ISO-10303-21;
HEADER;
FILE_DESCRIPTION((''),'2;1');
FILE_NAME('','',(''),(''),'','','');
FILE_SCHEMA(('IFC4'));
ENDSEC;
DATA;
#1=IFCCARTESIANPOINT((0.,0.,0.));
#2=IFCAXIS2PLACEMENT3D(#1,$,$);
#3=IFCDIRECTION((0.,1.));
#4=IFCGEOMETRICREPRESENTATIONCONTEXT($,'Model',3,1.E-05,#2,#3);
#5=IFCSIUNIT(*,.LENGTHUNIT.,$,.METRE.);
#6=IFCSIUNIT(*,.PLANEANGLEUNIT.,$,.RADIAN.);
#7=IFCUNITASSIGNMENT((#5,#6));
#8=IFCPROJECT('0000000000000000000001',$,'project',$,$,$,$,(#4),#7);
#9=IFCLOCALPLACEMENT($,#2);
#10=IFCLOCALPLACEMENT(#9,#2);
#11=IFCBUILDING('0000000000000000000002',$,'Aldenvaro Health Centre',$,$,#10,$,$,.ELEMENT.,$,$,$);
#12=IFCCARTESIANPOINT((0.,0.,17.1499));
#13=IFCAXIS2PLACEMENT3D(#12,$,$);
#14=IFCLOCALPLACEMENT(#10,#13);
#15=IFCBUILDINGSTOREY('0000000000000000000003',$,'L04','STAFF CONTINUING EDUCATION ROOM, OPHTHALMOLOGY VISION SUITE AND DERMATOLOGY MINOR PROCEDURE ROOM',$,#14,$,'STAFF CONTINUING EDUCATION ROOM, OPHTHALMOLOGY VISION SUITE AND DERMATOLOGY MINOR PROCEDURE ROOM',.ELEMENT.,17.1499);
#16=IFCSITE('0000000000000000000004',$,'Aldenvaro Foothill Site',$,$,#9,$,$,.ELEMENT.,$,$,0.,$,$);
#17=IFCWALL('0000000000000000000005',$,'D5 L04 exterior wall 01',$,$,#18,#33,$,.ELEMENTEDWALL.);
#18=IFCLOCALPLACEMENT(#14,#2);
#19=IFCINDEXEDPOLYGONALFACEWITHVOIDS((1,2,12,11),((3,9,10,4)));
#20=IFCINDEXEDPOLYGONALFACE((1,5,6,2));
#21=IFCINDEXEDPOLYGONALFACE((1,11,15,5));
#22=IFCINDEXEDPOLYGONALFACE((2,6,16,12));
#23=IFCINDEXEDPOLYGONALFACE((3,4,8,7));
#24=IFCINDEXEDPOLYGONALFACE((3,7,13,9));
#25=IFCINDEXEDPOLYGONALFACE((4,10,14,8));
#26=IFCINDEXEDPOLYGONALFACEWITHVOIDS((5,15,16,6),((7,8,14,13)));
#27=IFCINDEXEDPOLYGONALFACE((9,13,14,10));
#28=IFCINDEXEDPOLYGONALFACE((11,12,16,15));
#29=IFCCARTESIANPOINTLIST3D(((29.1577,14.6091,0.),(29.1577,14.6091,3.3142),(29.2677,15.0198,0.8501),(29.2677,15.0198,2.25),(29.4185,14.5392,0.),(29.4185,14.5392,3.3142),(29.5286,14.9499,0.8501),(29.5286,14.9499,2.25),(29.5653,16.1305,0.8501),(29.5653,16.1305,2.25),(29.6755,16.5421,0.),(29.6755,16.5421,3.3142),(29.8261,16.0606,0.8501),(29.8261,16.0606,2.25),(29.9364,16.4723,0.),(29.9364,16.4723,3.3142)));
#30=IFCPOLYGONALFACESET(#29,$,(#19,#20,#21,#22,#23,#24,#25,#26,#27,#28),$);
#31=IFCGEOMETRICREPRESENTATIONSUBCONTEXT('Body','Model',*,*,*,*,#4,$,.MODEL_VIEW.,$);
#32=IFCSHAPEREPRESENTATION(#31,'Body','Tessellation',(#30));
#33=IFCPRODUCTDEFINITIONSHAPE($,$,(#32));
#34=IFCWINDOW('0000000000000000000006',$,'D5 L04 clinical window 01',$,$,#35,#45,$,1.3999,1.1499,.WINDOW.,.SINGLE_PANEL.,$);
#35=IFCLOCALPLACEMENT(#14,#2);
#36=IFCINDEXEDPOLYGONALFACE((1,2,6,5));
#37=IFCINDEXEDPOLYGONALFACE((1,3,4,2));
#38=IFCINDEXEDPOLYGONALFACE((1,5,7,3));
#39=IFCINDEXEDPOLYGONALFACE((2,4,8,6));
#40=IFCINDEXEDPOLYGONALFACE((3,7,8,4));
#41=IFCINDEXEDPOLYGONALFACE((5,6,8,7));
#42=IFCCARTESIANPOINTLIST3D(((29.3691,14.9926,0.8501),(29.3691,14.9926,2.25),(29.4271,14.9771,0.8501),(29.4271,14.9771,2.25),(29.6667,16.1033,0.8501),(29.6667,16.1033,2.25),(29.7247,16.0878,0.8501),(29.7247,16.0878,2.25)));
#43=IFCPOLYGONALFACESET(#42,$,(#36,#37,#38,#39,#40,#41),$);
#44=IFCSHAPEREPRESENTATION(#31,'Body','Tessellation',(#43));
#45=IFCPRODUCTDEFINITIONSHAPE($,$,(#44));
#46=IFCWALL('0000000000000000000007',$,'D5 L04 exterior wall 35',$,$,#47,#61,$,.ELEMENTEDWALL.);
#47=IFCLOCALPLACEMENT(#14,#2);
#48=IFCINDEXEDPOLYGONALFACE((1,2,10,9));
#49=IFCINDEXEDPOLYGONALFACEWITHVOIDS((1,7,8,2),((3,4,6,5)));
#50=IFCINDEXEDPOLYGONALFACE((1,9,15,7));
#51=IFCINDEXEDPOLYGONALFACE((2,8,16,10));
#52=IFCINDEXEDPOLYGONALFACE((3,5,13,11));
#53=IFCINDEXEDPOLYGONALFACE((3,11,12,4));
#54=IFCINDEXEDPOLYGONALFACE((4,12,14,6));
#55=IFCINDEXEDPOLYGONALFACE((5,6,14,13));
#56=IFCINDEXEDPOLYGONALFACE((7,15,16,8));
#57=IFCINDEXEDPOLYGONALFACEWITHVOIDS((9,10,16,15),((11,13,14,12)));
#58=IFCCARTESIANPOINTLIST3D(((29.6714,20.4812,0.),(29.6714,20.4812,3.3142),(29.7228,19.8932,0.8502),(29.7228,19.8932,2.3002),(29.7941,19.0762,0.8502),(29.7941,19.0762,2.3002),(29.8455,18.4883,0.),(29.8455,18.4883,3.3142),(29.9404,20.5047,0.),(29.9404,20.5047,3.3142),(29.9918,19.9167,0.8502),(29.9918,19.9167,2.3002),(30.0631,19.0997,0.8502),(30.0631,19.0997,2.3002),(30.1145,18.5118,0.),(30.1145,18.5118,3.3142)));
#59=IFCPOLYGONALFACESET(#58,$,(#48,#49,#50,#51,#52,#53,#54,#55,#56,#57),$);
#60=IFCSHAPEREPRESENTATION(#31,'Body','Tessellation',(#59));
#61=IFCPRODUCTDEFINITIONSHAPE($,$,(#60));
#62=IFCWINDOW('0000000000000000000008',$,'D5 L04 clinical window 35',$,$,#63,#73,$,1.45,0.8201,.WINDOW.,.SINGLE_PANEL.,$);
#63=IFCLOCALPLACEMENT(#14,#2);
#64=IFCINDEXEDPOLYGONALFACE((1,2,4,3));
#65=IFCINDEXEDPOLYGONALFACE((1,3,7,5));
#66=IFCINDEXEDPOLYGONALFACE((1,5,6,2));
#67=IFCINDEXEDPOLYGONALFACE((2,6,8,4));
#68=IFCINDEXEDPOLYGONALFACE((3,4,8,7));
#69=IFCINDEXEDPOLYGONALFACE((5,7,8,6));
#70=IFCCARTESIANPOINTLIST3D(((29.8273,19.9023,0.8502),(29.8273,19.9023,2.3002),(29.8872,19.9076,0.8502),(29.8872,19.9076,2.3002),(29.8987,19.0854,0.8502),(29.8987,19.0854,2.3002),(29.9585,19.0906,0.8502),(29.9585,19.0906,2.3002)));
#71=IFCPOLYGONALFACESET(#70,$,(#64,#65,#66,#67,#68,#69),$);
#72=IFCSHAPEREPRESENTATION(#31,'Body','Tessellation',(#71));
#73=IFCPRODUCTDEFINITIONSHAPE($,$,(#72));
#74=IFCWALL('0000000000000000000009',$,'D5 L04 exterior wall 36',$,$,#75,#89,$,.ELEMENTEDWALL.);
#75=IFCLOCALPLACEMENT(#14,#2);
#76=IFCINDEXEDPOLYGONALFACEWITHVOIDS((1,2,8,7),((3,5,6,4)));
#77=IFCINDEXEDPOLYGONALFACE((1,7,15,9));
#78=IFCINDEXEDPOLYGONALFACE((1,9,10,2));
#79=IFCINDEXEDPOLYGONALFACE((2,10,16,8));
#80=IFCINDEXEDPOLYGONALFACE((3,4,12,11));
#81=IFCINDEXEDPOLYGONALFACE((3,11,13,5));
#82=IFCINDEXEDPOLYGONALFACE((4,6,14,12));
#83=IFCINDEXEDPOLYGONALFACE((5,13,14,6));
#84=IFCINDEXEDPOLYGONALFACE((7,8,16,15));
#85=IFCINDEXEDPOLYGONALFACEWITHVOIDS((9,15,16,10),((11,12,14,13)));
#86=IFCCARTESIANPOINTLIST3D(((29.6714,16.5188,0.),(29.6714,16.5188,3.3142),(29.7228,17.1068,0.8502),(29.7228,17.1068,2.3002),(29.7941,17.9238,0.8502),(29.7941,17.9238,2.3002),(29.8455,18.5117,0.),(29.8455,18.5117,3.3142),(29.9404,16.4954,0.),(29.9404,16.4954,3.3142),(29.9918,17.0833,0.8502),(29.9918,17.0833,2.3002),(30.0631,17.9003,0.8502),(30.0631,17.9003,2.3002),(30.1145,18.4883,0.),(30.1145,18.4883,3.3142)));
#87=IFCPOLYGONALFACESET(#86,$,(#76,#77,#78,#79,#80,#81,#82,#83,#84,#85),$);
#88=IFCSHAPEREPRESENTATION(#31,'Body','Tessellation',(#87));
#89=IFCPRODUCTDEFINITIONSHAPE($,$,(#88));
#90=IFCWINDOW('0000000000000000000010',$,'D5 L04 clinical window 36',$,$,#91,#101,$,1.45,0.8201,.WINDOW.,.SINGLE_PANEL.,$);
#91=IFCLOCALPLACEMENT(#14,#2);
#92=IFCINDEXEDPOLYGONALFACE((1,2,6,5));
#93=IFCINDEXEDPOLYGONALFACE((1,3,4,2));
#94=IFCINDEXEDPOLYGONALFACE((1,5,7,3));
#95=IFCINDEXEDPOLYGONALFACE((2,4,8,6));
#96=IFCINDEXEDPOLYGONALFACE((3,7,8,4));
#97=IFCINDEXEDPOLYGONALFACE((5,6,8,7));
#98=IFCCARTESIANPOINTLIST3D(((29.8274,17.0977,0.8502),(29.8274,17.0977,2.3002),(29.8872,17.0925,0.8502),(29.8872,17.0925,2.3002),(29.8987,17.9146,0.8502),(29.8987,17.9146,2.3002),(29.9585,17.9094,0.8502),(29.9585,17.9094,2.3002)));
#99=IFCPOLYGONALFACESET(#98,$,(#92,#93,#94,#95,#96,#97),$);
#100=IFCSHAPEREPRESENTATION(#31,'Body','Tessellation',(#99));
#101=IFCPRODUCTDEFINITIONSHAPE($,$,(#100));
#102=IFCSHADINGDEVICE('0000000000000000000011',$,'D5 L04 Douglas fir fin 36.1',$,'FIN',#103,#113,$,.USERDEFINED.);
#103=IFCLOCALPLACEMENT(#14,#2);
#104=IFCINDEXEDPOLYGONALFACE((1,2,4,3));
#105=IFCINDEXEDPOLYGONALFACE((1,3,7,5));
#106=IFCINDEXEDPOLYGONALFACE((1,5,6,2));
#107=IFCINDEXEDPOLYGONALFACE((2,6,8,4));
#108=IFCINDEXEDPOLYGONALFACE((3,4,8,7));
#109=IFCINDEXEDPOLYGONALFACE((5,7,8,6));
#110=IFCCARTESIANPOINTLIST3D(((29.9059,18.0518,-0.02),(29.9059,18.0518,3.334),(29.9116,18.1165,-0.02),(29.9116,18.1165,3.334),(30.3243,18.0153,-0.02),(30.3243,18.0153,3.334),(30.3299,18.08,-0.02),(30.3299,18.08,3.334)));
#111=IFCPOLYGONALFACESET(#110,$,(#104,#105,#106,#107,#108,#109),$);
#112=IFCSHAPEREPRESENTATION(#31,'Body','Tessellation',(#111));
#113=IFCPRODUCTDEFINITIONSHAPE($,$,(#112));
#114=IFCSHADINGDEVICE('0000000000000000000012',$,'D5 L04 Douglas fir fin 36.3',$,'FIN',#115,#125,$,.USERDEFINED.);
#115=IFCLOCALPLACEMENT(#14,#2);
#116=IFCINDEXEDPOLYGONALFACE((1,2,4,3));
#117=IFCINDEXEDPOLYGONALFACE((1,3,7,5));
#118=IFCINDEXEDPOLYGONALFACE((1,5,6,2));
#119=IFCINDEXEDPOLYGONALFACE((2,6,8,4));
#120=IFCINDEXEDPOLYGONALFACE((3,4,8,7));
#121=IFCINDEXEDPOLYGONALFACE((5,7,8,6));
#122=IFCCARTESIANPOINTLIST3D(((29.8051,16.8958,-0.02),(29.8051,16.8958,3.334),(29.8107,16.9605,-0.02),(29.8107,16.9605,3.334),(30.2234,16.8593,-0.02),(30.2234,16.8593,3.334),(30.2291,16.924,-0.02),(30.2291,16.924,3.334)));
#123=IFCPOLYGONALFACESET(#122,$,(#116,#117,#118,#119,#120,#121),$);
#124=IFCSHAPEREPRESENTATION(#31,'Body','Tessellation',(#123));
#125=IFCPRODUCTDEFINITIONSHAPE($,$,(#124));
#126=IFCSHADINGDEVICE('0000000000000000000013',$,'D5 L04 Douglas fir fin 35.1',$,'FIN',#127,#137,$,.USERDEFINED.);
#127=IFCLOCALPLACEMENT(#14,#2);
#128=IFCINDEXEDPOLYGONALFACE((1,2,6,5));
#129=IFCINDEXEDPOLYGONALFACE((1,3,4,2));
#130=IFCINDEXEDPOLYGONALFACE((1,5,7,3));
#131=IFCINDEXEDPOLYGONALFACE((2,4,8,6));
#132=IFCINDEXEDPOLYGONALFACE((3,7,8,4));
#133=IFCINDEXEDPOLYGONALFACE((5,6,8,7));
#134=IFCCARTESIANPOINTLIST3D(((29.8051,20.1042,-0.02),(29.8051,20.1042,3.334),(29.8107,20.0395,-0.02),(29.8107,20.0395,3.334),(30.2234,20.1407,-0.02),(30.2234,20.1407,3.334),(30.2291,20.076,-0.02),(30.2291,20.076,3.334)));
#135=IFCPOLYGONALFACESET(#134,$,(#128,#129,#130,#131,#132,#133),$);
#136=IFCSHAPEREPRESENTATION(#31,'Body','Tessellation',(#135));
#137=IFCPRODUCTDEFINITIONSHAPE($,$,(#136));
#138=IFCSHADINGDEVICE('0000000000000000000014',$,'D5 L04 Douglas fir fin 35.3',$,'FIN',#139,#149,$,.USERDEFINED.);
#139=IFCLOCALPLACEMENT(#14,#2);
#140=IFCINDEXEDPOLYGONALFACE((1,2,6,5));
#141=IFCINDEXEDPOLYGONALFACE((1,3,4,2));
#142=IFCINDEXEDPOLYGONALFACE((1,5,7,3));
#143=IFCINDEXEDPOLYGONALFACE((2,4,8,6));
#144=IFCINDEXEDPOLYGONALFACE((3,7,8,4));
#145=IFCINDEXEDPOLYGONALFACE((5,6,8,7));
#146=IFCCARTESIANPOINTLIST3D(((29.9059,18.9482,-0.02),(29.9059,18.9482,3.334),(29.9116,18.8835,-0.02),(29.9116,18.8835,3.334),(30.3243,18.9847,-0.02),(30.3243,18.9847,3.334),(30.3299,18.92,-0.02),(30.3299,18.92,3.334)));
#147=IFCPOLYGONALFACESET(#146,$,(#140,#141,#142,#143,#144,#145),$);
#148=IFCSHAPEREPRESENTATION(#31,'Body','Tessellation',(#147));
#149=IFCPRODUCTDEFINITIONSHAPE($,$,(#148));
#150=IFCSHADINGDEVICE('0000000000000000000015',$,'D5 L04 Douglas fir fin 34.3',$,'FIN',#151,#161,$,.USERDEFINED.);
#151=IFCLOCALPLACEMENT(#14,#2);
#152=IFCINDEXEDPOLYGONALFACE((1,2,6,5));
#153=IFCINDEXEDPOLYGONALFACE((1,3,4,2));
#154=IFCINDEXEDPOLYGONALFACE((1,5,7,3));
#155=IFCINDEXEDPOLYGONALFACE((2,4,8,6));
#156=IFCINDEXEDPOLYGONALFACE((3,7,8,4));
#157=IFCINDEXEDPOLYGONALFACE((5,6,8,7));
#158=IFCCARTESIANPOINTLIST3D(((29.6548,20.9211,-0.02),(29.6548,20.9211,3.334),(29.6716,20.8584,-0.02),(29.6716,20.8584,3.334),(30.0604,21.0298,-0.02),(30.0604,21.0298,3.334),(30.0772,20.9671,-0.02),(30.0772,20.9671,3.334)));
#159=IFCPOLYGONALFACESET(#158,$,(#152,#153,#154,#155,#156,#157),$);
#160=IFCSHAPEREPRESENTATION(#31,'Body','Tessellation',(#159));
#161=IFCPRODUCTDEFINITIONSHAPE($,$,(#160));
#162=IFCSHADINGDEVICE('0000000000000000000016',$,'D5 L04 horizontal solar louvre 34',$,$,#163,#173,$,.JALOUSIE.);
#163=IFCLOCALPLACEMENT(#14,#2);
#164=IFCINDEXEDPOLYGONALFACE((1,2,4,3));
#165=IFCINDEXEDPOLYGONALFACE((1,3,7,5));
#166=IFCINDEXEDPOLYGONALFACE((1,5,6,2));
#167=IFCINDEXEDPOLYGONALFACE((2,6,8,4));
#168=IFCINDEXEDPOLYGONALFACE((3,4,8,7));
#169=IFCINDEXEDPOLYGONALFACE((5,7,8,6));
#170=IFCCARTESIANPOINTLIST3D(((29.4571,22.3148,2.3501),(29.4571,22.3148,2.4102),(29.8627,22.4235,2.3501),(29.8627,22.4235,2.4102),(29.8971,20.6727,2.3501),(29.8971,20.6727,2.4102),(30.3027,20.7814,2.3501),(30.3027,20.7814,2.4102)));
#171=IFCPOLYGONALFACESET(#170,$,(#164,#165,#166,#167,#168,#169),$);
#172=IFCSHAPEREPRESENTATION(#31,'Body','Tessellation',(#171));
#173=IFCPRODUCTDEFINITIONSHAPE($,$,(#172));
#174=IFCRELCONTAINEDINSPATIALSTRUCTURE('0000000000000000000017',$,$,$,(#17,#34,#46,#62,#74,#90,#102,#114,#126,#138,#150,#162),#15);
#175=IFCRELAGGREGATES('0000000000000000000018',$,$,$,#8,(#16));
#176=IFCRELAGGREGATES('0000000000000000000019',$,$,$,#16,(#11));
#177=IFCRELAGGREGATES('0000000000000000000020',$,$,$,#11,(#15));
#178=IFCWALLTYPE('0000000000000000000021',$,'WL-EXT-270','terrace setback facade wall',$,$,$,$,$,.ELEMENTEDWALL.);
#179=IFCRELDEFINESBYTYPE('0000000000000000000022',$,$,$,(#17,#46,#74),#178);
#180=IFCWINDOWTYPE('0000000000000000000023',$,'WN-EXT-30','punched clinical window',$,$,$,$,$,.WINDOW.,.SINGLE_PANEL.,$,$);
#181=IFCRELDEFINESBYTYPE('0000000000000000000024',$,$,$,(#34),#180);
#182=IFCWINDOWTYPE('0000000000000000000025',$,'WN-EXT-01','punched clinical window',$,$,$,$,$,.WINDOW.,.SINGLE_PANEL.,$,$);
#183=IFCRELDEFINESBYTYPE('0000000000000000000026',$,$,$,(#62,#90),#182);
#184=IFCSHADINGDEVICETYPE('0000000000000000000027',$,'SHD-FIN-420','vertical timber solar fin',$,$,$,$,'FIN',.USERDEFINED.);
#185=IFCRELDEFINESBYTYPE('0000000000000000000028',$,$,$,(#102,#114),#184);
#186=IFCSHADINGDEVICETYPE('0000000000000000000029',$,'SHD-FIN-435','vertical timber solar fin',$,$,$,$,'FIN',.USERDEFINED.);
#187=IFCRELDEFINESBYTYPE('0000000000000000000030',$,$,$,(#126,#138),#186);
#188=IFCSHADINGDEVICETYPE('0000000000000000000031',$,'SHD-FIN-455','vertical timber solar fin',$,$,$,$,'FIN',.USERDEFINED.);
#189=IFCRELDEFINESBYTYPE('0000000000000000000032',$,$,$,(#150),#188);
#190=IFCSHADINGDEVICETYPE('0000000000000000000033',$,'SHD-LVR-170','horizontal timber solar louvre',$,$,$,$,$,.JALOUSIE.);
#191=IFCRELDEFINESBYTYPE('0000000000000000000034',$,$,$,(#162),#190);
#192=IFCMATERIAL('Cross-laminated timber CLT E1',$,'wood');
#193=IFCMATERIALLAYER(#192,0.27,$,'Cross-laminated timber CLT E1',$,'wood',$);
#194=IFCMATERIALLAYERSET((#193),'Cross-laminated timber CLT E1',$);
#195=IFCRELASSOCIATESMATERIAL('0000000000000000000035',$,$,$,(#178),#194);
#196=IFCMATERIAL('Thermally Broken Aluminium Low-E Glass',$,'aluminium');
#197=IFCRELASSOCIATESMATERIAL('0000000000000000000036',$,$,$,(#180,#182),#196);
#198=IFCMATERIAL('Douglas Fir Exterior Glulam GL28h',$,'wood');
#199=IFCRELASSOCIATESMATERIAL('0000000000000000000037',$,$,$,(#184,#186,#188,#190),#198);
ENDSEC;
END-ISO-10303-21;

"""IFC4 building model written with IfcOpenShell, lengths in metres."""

from ifc_helpers import new_model, si_unit, direction, frame, frame_2d, origin, origin_2d, place, context, subcontext, project, spatial, rectangle, extrude, material, layer, layer_set, type_object, element, fill, save


model = new_model("IFC4")

# Units and contexts
model_context = context("Model", 3, precision=1e-05, world=origin(), true_north=direction((0.0, 1.0)))
body_context = subcontext(model_context, "Body", "Model", "MODEL_VIEW")
ifc_project = project(units=[si_unit("LENGTHUNIT", "METRE"), si_unit("PLANEANGLEUNIT", "RADIAN")], contexts=[model_context])

# Site, building, storey
site_placement = place(None, origin())
site = spatial("IfcSite", under=ifc_project, at=site_placement, Name="Aldenvaro Foothill Site", CompositionType="ELEMENT", RefElevation=0.0)
building_placement = place(site_placement, origin())
building = spatial("IfcBuilding", under=site, at=building_placement, Name="Aldenvaro Health Centre", CompositionType="ELEMENT")
storey_placement = place(building_placement, frame((0.0, 0.0, 17.1499)))
storey = spatial("IfcBuildingStorey", under=building, at=storey_placement, Name="L04", Description="STAFF CONTINUING EDUCATION ROOM, OPHTHALMOLOGY VISION SUITE AND DERMATOLOGY MINOR PROCEDURE ROOM", LongName="STAFF CONTINUING EDUCATION ROOM, OPHTHALMOLOGY VISION SUITE AND DERMATOLOGY MINOR PROCEDURE ROOM", CompositionType="ELEMENT", Elevation=17.1499)

# Walls, openings, windows
ifc_material_1 = material(Name="Cross-laminated timber CLT E1", Category="wood")
ifc_layer_1 = layer(ifc_material_1, 0.27, Name="Cross-laminated timber CLT E1", Category="wood")
ifc_layer_set_1 = layer_set([ifc_layer_1], Name="Cross-laminated timber CLT E1")
wall_type = type_object("IfcWallType", Name="WL-EXT-270", Description="terrace setback facade wall", PredefinedType="ELEMENTEDWALL", material=ifc_layer_set_1)
wall_1_placement = place(storey_placement, frame((29.8059, 16.5071, 0.0), z_axis=(0.0, 0.0, 1.0), x_axis=(-0.258748, -0.965945, 0.0)))
wall_1 = element("IfcWall", 1, at=wall_1_placement, inside=storey, type_object=wall_type, Name="D5 L04 exterior wall 01", PredefinedType="ELEMENTEDWALL", context=body_context, shape_type="SweptSolid", body=[
    extrude(rectangle(XDim=2.0012, YDim=0.27, at=frame_2d((1.0005, 0.0))), origin(), (0.0, 0.0, 1.0), 3.3142),
])
opening_1_placement = place(wall_1_placement, frame((0.426, 0.0, 0.8501)))
opening_1 = element("IfcOpeningElement", 2, at=opening_1_placement, cuts=wall_1, PredefinedType="OPENING", context=body_context, shape_type="SweptSolid", body=[
    extrude(rectangle(XDim=1.1499, YDim=1.3999, at=frame_2d((0.575, 0.7))), frame((0.0, 0.145, 0.0), z_axis=(0.0, -1.0, 0.0), x_axis=(1.0, 0.0, 0.0)), (0.0, 0.0, 1.0), 0.29),
])
ifc_material_2 = material(Name="Thermally Broken Aluminium Low-E Glass", Category="aluminium")
window_type_1 = type_object("IfcWindowType", Name="WN-EXT-30", Description="punched clinical window", PartitioningType="SINGLE_PANEL", PredefinedType="WINDOW", material=ifc_material_2)
window_1_placement = place(opening_1_placement, origin())
window_1 = element("IfcWindow", 3, at=window_1_placement, inside=storey, type_object=window_type_1, Name="D5 L04 clinical window 01", OverallHeight=1.3999, OverallWidth=1.1499, PartitioningType="SINGLE_PANEL", PredefinedType="WINDOW", context=body_context, shape_type="SweptSolid", body=[
    extrude(rectangle(XDim=1.1499, YDim=1.3999, at=frame_2d((0.575, 0.7))), frame((0.0, 0.03, 0.0), z_axis=(0.0, -1.0, 0.0), x_axis=(1.0, 0.0, 0.0)), (0.0, 0.0, 1.0), 0.0601),
])
fill(opening_1, window_1)
wall_2_placement = place(storey_placement, frame((29.8059, 20.4929, 0.0), z_axis=(0.0, 0.0, 1.0), x_axis=(0.087014, -0.996207, 0.0)))
wall_2 = element("IfcWall", 4, at=wall_2_placement, inside=storey, type_object=wall_type, Name="D5 L04 exterior wall 35", PredefinedType="ELEMENTEDWALL", context=body_context, shape_type="SweptSolid", body=[
    extrude(rectangle(XDim=2.0005, YDim=0.27, at=frame_2d((1.0002, 0.0))), origin(), (0.0, 0.0, 1.0), 3.3142),
])
opening_2_placement = place(wall_2_placement, frame((0.5901, 0.0, 0.8501)))
opening_2 = element("IfcOpeningElement", 5, at=opening_2_placement, cuts=wall_2, PredefinedType="OPENING", context=body_context, shape_type="SweptSolid", body=[
    extrude(rectangle(XDim=0.8201, YDim=1.45, at=frame_2d((0.4102, 0.7251))), frame((0.0, 0.145, 0.0), z_axis=(0.0, -1.0, 0.0), x_axis=(1.0, 0.0, 0.0)), (0.0, 0.0, 1.0), 0.29),
])
window_type_2 = type_object("IfcWindowType", Name="WN-EXT-01", Description="punched clinical window", PartitioningType="SINGLE_PANEL", PredefinedType="WINDOW", material=ifc_material_2)
window_2_placement = place(opening_2_placement, origin())
window_2 = element("IfcWindow", 6, at=window_2_placement, inside=storey, type_object=window_type_2, Name="D5 L04 clinical window 35", OverallHeight=1.45, OverallWidth=0.8201, PartitioningType="SINGLE_PANEL", PredefinedType="WINDOW", context=body_context, shape_type="SweptSolid", body=[
    extrude(rectangle(XDim=0.8201, YDim=1.45, at=frame_2d((0.4102, 0.7251))), frame((0.0, 0.03, 0.0), z_axis=(0.0, -1.0, 0.0), x_axis=(1.0, 0.0, 0.0)), (0.0, 0.0, 1.0), 0.0601),
])
fill(opening_2, window_2)
wall_3_placement = place(storey_placement, frame((29.98, 18.5, 0.0), z_axis=(0.0, 0.0, 1.0), x_axis=(-0.087014, -0.996207, 0.0)))
wall_3 = element("IfcWall", 7, at=wall_3_placement, inside=storey, type_object=wall_type, Name="D5 L04 exterior wall 36", PredefinedType="ELEMENTEDWALL", context=body_context, shape_type="SweptSolid", body=[
    extrude(rectangle(XDim=2.0005, YDim=0.27, at=frame_2d((1.0002, 0.0))), origin(), (0.0, 0.0, 1.0), 3.3142),
])
opening_3_placement = place(wall_3_placement, frame((0.5901, 0.0, 0.8501)))
opening_3 = element("IfcOpeningElement", 8, at=opening_3_placement, cuts=wall_3, PredefinedType="OPENING", context=body_context, shape_type="SweptSolid", body=[
    extrude(rectangle(XDim=0.8201, YDim=1.45, at=frame_2d((0.4102, 0.7251))), frame((0.0, 0.145, 0.0), z_axis=(0.0, -1.0, 0.0), x_axis=(1.0, 0.0, 0.0)), (0.0, 0.0, 1.0), 0.29),
])
window_3_placement = place(opening_3_placement, origin())
window_3 = element("IfcWindow", 9, at=window_3_placement, inside=storey, type_object=window_type_2, Name="D5 L04 clinical window 36", OverallHeight=1.45, OverallWidth=0.8201, PartitioningType="SINGLE_PANEL", PredefinedType="WINDOW", context=body_context, shape_type="SweptSolid", body=[
    extrude(rectangle(XDim=0.8201, YDim=1.45, at=frame_2d((0.4102, 0.7251))), frame((0.0, 0.03, 0.0), z_axis=(0.0, -1.0, 0.0), x_axis=(1.0, 0.0, 0.0)), (0.0, 0.0, 1.0), 0.0601),
])
fill(opening_3, window_3)

# Shading devices
ifc_material_3 = material(Name="Douglas Fir Exterior Glulam GL28h", Category="wood")
shading_device_type_1 = type_object("IfcShadingDeviceType", Name="SHD-FIN-420", Description="vertical timber solar fin", ElementType="FIN", PredefinedType="USERDEFINED", material=ifc_material_3)
for number, where, z_axis, x_axis, name in (
    (10, (30.1179, 18.0659, -0.02), (0.0, 0.0, 1.0), (-0.086975, -0.996211, 0.0), "D5 L04 Douglas fir fin 36.1"),
    (11, (30.0171, 16.9099, -0.02), (0.0, 0.0, 1.0), (-0.086975, -0.996211, 0.0), "D5 L04 Douglas fir fin 36.3"),
):
    element("IfcShadingDevice", number, at=place(storey_placement, frame(where, z_axis=z_axis, x_axis=x_axis)), inside=storey, type_object=shading_device_type_1, Name=name, ObjectType="FIN", PredefinedType="USERDEFINED", context=body_context, shape_type="SweptSolid", body=[
        extrude(rectangle(XDim=0.0649, YDim=0.4199, at=origin_2d()), origin(), (0.0, 0.0, 1.0), 3.354),
    ])
shading_device_type_2 = type_object("IfcShadingDeviceType", Name="SHD-FIN-435", Description="vertical timber solar fin", ElementType="FIN", PredefinedType="USERDEFINED", material=ifc_material_3)
for number, where, z_axis, x_axis, name in (
    (12, (30.0171, 20.0901, -0.02), (0.0, 0.0, 1.0), (0.086975, -0.996211, 0.0), "D5 L04 Douglas fir fin 35.1"),
    (13, (30.1179, 18.9341, -0.02), (0.0, 0.0, 1.0), (0.086975, -0.996211, 0.0), "D5 L04 Douglas fir fin 35.3"),
):
    element("IfcShadingDevice", number, at=place(storey_placement, frame(where, z_axis=z_axis, x_axis=x_axis)), inside=storey, type_object=shading_device_type_2, Name=name, ObjectType="FIN", PredefinedType="USERDEFINED", context=body_context, shape_type="SweptSolid", body=[
        extrude(rectangle(XDim=0.0649, YDim=0.4199, at=origin_2d()), origin(), (0.0, 0.0, 1.0), 3.354),
    ])
shading_device_type_3 = type_object("IfcShadingDeviceType", Name="SHD-FIN-455", Description="vertical timber solar fin", ElementType="FIN", PredefinedType="USERDEFINED", material=ifc_material_3)
shading_device_1_placement = place(storey_placement, frame((29.866, 20.9441, -0.02), z_axis=(0.0, 0.0, 1.0), x_axis=(0.258844, -0.965919, 0.0)))
element("IfcShadingDevice", 14, at=shading_device_1_placement, inside=storey, type_object=shading_device_type_3, Name="D5 L04 Douglas fir fin 34.3", ObjectType="FIN", PredefinedType="USERDEFINED", context=body_context, shape_type="SweptSolid", body=[
    extrude(rectangle(XDim=0.0649, YDim=0.4199, at=origin_2d()), origin(), (0.0, 0.0, 1.0), 3.354),
])
shading_device_type_4 = type_object("IfcShadingDeviceType", Name="SHD-LVR-170", Description="horizontal timber solar louvre", PredefinedType="JALOUSIE", material=ifc_material_3)
shading_device_2_placement = place(storey_placement, frame((29.8799, 21.5481, 2.3501), z_axis=(0.0, 0.0, 1.0), x_axis=(0.258844, -0.965919, 0.0)))
element("IfcShadingDevice", 15, at=shading_device_2_placement, inside=storey, type_object=shading_device_type_4, Name="D5 L04 horizontal solar louvre 34", PredefinedType="JALOUSIE", context=body_context, shape_type="SweptSolid", body=[
    extrude(rectangle(XDim=1.7, YDim=0.4199, at=origin_2d()), origin(), (0.0, 0.0, 1.0), 0.0601),
])

save(model, "model.ifc")
